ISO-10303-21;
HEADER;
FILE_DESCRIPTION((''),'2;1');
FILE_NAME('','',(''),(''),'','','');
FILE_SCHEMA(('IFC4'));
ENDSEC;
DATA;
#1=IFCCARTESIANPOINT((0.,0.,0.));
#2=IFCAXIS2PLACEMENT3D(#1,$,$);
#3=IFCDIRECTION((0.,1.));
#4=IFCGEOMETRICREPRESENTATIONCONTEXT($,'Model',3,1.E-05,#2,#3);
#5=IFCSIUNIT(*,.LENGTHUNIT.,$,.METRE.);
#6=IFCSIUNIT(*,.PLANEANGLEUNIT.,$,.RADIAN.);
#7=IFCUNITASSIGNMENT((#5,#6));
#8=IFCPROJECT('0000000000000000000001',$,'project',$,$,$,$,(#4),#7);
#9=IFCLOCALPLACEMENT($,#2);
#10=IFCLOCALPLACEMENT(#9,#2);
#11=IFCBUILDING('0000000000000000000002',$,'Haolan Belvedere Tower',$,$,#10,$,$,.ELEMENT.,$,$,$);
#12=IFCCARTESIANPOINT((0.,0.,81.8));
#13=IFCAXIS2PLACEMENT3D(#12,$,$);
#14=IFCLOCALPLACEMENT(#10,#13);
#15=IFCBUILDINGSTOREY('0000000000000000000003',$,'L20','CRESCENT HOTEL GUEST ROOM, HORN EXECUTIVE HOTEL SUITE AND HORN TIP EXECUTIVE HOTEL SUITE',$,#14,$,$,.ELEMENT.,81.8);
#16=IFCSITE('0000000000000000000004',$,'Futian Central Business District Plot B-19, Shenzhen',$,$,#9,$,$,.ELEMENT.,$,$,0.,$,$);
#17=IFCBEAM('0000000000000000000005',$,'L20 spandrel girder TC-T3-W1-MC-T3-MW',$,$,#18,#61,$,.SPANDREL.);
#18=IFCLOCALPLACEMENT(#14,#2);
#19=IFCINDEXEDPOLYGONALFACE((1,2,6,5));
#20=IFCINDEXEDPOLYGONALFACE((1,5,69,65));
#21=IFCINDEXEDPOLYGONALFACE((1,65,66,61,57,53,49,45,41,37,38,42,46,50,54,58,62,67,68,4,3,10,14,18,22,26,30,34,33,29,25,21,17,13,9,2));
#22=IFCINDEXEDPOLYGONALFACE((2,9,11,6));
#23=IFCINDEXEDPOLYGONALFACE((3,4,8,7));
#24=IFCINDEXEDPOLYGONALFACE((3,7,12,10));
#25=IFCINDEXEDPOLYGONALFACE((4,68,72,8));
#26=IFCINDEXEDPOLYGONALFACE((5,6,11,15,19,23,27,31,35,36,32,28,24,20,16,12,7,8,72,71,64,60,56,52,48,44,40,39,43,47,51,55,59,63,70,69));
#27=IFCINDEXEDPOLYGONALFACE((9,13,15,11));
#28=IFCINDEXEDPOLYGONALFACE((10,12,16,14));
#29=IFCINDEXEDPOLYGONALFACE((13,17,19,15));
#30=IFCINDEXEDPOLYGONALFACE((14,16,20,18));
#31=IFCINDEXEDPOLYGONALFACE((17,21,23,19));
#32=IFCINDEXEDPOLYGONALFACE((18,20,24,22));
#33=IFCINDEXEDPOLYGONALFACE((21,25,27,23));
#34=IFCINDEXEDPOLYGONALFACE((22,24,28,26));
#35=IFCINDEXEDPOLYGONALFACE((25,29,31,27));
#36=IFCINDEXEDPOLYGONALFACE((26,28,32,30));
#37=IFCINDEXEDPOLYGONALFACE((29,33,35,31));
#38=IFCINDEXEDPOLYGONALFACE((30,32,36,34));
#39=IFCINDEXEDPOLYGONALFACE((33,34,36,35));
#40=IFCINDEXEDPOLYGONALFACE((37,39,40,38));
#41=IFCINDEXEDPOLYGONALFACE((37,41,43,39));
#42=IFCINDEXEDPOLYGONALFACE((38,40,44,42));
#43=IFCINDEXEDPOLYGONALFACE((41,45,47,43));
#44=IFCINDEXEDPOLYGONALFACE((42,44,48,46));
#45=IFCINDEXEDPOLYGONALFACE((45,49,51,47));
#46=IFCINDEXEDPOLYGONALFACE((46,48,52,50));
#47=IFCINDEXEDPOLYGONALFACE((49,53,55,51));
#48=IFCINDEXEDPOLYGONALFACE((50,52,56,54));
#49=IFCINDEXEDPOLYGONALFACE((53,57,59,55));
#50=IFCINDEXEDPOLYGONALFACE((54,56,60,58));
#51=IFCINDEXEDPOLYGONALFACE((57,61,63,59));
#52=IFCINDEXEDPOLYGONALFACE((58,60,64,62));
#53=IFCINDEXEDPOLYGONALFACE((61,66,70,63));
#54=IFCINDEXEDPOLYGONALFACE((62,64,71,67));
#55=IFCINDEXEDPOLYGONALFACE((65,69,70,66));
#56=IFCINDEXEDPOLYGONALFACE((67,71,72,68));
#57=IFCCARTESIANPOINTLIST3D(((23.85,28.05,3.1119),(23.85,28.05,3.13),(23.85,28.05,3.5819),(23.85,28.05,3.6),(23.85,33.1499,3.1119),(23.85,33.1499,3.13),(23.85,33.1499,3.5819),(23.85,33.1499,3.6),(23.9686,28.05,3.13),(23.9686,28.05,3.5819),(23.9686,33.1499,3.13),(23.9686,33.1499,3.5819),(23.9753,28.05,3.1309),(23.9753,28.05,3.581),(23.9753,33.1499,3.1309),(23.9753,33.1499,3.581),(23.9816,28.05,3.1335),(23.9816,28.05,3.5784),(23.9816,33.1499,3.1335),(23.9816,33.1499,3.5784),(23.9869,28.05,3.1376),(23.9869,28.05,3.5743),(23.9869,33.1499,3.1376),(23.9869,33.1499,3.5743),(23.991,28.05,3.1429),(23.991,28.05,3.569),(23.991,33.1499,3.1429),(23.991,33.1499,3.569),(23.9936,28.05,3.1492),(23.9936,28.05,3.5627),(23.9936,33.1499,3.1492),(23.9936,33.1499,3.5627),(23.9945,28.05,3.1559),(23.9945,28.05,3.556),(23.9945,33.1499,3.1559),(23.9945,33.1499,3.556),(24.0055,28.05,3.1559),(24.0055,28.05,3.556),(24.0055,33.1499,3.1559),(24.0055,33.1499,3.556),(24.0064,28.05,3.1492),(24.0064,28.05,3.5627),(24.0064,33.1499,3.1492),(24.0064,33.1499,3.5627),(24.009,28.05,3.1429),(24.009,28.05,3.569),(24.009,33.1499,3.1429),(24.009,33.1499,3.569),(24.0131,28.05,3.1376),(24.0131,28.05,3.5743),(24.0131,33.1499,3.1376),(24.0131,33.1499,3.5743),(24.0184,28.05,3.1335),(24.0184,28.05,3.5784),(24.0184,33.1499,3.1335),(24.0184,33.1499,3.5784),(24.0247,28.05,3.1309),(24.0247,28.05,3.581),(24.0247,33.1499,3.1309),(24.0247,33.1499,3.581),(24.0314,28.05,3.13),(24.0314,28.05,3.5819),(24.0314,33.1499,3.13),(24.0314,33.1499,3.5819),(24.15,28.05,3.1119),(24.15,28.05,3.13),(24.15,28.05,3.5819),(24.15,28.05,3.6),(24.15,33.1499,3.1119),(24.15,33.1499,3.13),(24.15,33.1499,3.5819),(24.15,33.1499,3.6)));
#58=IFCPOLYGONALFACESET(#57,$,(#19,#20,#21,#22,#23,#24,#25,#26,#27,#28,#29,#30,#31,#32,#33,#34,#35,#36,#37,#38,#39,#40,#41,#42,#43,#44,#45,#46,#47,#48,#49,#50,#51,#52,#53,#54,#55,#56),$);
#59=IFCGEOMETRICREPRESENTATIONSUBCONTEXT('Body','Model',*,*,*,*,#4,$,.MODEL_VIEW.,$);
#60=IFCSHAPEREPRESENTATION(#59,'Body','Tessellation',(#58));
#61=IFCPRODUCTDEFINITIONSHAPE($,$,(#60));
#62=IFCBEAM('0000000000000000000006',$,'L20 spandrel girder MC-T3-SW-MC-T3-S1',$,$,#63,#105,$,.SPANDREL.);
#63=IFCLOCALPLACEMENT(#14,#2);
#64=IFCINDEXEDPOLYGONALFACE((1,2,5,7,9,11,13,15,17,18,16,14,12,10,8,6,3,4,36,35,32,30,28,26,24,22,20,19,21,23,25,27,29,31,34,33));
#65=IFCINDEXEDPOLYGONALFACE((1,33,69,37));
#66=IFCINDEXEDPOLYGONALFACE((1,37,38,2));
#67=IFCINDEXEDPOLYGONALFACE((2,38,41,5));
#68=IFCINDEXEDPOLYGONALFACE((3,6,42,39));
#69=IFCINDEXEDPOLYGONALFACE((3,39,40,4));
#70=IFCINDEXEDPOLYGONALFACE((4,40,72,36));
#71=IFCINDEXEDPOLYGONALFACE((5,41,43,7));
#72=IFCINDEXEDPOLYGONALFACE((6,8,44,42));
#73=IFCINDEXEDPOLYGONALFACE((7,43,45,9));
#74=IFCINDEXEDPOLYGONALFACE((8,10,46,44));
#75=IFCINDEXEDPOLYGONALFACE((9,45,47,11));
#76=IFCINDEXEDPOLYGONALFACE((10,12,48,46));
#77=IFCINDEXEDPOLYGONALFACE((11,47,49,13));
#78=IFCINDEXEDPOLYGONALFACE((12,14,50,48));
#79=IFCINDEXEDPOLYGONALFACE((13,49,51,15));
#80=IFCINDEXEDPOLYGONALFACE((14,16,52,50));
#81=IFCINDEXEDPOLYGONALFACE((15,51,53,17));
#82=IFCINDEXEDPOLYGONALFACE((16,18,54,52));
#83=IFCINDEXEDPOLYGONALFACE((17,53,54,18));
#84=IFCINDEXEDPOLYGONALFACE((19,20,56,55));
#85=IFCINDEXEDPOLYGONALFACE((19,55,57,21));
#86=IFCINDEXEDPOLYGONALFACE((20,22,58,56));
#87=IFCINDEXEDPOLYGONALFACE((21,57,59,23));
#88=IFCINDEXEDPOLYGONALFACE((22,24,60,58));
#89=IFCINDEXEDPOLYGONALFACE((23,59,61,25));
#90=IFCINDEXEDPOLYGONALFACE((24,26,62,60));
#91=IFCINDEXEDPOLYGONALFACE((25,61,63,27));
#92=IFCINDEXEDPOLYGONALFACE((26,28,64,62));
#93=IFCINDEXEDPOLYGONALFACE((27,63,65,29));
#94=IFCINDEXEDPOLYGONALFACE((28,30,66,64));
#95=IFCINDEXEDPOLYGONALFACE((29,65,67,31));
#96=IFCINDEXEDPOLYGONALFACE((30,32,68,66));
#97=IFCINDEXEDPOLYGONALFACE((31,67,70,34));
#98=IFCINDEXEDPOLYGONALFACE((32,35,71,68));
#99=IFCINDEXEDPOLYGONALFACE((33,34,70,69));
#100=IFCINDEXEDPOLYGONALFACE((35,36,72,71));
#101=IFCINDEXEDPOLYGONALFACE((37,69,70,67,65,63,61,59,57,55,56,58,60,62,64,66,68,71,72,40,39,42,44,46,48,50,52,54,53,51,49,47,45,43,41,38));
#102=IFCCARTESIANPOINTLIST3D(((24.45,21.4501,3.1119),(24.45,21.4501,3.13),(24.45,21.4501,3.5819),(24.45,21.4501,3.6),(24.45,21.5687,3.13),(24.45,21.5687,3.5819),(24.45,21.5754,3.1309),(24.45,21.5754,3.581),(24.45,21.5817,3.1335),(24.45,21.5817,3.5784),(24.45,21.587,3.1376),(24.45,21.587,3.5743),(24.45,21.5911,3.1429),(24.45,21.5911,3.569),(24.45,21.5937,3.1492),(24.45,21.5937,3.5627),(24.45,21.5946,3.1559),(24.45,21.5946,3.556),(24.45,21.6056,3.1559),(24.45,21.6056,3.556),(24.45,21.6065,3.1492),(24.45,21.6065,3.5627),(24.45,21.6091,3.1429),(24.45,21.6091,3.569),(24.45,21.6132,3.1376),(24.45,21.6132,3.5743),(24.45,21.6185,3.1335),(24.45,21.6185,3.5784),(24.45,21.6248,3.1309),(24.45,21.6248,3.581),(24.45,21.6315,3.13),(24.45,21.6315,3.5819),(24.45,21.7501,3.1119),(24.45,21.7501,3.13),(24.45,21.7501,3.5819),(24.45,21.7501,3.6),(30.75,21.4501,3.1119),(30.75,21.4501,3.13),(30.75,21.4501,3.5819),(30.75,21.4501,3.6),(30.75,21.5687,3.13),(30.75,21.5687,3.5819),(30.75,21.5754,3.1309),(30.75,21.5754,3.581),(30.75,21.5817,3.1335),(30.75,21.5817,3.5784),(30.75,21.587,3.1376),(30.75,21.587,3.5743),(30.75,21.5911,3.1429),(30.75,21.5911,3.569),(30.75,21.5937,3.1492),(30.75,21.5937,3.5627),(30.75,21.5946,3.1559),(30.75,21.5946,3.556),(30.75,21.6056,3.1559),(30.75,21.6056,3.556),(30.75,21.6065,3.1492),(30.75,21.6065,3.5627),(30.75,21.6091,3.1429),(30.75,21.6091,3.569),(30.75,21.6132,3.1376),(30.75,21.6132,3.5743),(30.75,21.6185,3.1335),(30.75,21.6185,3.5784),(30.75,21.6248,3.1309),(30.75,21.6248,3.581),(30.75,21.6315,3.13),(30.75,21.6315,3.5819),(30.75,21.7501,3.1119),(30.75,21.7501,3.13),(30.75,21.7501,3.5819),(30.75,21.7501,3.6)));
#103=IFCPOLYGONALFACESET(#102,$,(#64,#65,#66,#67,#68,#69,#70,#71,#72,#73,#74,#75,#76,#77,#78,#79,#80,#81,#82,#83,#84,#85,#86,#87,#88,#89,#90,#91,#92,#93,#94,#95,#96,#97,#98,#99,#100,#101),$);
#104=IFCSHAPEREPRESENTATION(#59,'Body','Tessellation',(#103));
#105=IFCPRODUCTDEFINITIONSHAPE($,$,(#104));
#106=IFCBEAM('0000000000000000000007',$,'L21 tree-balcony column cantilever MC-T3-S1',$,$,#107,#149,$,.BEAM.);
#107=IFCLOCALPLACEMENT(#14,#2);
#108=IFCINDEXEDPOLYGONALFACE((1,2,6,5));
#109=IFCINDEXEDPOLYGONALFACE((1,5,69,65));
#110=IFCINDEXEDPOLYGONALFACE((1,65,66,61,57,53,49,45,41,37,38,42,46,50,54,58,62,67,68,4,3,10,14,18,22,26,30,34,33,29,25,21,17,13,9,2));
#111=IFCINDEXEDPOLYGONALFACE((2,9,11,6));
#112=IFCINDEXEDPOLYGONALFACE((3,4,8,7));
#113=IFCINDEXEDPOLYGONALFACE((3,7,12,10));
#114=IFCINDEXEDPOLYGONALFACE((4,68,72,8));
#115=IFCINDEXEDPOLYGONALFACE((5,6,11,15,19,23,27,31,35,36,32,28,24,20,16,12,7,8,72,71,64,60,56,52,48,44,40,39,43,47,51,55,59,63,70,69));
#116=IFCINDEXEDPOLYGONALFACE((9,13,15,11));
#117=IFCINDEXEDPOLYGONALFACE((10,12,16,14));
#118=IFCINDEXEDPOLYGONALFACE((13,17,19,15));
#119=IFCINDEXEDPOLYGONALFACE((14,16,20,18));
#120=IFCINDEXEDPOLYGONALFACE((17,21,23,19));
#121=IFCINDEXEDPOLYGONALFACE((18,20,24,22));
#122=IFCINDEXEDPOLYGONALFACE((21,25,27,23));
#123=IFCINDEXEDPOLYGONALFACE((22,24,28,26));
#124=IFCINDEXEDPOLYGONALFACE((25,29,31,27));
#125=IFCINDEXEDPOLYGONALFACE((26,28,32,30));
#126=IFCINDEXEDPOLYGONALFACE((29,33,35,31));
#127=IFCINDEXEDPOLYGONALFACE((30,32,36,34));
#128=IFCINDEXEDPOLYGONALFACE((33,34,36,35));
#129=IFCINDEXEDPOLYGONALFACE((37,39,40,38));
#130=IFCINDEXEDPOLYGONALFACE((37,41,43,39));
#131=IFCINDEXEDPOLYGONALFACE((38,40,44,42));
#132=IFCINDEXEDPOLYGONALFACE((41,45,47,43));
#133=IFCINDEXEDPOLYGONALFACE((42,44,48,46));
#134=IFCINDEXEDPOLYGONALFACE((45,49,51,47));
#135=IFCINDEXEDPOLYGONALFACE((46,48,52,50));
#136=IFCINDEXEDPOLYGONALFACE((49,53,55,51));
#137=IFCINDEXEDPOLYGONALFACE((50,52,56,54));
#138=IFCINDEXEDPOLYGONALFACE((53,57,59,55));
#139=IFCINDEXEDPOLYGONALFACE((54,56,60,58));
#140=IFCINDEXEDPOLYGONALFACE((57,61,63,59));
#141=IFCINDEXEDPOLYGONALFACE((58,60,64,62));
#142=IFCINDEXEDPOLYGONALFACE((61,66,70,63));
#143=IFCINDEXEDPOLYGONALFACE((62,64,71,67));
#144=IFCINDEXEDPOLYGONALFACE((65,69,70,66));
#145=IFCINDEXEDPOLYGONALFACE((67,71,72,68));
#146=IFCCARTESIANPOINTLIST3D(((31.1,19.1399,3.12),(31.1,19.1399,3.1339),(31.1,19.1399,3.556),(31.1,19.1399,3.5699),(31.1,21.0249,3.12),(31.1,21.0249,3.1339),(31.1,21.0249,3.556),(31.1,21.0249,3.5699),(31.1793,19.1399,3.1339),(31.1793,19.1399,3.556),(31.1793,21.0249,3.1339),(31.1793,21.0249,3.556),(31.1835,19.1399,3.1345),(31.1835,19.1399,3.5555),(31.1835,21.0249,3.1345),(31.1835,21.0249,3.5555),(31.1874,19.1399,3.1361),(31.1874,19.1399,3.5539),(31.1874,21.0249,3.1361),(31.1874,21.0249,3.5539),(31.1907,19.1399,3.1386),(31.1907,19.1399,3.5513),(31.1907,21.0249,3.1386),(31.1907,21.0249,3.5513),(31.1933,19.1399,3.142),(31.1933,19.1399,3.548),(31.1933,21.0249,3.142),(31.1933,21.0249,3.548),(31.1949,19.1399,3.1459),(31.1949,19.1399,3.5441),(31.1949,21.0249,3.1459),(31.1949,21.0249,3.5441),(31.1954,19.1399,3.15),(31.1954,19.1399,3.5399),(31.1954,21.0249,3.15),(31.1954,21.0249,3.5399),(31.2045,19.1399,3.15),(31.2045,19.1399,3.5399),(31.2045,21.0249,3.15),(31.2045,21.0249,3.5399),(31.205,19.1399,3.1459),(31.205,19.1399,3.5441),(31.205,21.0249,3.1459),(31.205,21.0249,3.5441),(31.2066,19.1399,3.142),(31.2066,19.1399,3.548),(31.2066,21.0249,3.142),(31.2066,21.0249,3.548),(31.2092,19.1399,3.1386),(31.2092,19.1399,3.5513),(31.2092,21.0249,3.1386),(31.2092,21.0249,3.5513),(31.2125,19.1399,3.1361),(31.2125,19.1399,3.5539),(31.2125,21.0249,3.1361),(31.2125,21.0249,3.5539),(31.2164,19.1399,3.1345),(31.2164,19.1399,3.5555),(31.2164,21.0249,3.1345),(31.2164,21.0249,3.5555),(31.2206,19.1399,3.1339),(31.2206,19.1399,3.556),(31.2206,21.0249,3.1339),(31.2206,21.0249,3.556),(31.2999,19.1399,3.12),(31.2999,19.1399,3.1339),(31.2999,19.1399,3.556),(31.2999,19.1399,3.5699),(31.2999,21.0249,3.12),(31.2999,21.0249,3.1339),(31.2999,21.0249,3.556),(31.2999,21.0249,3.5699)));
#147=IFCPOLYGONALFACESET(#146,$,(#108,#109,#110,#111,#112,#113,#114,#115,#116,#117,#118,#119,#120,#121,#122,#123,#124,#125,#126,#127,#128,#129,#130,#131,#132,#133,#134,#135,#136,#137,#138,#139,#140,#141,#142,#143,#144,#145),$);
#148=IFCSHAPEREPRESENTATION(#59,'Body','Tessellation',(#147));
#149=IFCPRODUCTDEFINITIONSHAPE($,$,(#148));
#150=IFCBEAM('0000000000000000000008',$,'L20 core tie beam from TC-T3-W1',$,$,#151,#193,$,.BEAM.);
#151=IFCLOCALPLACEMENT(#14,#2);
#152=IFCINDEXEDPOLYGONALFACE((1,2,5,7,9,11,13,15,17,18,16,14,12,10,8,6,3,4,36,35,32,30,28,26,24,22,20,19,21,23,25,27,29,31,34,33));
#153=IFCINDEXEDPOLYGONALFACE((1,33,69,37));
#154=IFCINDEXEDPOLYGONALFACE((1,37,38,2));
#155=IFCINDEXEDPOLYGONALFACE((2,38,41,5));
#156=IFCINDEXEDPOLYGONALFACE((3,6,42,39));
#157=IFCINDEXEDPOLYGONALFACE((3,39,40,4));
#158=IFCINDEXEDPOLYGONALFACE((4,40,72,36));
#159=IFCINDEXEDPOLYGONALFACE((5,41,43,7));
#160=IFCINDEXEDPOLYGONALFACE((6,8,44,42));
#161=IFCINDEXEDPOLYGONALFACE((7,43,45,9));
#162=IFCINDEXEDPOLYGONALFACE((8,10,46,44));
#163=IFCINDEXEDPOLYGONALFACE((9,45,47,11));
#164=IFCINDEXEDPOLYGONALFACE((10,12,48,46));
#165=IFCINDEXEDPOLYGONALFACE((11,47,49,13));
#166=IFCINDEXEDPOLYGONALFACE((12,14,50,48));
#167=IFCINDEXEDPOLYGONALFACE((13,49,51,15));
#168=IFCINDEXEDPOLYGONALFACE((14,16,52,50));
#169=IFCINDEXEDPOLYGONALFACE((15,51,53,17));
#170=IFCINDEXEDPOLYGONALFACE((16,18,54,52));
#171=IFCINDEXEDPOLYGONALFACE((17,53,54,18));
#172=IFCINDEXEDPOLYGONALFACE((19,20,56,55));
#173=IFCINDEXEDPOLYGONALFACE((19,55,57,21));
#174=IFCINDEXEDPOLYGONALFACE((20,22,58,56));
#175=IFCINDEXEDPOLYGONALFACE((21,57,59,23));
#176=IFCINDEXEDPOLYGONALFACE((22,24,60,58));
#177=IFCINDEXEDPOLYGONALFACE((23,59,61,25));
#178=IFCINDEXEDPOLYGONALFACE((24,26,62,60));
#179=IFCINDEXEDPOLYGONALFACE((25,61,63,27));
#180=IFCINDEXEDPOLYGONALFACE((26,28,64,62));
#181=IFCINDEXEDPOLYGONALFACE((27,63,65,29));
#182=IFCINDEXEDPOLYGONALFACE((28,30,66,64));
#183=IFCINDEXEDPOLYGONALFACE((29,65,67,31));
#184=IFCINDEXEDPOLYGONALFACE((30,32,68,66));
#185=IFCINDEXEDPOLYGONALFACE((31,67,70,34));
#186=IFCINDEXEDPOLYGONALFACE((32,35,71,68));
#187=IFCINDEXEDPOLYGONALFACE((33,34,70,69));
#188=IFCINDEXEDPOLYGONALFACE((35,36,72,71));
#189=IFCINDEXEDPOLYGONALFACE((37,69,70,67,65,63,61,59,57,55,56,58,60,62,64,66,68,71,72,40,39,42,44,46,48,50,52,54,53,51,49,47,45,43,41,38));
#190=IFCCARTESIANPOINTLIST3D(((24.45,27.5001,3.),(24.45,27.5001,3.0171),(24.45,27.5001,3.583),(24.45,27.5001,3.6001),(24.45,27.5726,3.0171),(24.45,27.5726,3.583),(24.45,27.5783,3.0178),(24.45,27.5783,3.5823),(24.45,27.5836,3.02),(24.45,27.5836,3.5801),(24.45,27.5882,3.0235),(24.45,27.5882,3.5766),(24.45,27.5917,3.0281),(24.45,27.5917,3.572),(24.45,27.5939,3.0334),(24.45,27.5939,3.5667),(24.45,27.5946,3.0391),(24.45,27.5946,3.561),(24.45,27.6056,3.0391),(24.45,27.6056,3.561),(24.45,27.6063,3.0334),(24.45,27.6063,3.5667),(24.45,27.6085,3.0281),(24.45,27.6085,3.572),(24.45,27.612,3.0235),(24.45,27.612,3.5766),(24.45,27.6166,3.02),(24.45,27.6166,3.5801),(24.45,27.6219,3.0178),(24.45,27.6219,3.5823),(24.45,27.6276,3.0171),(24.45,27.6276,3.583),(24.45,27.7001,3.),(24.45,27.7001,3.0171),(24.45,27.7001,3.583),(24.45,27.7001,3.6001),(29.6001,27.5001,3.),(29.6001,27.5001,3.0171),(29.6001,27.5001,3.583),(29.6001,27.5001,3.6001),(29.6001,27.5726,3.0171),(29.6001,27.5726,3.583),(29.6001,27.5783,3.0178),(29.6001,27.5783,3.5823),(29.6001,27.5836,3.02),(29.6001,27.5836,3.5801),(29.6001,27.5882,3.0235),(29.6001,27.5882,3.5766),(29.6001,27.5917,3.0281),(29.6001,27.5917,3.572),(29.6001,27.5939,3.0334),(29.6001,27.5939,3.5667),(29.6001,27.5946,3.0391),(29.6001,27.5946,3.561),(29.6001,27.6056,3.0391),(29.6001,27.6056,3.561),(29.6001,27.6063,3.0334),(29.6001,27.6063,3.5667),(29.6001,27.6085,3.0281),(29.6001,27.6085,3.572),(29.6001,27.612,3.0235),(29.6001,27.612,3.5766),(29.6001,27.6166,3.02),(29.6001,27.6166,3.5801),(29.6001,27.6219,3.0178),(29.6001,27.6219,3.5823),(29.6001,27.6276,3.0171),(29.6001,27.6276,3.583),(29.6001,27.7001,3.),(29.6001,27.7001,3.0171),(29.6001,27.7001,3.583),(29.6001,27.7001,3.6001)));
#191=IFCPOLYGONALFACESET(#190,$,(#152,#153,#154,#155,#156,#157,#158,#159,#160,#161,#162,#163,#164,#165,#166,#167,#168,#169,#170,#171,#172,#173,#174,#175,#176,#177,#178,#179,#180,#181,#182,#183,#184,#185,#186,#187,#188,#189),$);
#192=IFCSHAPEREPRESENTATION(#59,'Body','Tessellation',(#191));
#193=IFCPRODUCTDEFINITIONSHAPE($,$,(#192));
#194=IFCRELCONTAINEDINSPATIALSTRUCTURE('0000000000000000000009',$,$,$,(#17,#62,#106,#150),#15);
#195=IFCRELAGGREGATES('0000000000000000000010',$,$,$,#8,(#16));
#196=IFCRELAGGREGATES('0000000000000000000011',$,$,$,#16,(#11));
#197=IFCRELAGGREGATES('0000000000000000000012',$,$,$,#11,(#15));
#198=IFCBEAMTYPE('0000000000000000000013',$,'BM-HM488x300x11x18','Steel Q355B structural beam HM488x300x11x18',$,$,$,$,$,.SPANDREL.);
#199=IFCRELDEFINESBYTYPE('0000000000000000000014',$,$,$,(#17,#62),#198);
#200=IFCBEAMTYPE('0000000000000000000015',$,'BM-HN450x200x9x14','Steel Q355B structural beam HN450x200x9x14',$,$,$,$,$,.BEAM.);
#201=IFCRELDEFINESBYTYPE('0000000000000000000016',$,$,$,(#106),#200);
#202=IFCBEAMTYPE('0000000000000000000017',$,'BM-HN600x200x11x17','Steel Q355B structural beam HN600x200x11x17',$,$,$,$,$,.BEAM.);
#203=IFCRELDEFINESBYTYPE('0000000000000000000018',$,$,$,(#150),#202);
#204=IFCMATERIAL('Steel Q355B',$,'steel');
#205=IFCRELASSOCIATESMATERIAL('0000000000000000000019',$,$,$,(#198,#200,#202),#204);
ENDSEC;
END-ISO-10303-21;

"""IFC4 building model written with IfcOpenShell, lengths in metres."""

from ifc_helpers import new_model, si_unit, direction, frame, origin, origin_2d, place, context, subcontext, project, spatial, i_section, extrude, material, material_profile, profile_set, type_object, element, save


model = new_model("IFC4")

# Units and contexts
model_context = context("Model", 3, precision=1e-05, world=origin(), true_north=direction((0.0, 1.0)))
body_context = subcontext(model_context, "Body", "Model", "MODEL_VIEW")
ifc_project = project(units=[si_unit("LENGTHUNIT", "METRE"), si_unit("PLANEANGLEUNIT", "RADIAN")], contexts=[model_context])

# Site, building, storey
site_placement = place(None, origin())
site = spatial("IfcSite", under=ifc_project, at=site_placement, Name="Futian Central Business District Plot B-19, Shenzhen", CompositionType="ELEMENT", RefElevation=0.0)
building_placement = place(site_placement, origin())
building = spatial("IfcBuilding", under=site, at=building_placement, Name="Haolan Belvedere Tower", CompositionType="ELEMENT")
storey_placement = place(building_placement, frame((0.0, 0.0, 81.8)))
storey = spatial("IfcBuildingStorey", under=building, at=storey_placement, Name="L20", Description="CRESCENT HOTEL GUEST ROOM, HORN EXECUTIVE HOTEL SUITE AND HORN TIP EXECUTIVE HOTEL SUITE", CompositionType="ELEMENT", Elevation=81.8)

# Beams
ifc_material_1 = material(Name="Steel Q355B", Category="steel")
ifc_material_profile_1 = material_profile(ifc_material_1, i_section(OverallWidth=0.3, OverallDepth=0.488, WebThickness=0.011, FlangeThickness=0.0181, FilletRadius=0.0259, at=origin_2d()), Name="Steel Q355B")
ifc_profile_set_1 = profile_set([ifc_material_profile_1], Name="Steel Q355B")
beam_type_1 = type_object("IfcBeamType", Name="BM-HM488x300x11x18", Description="Steel Q355B structural beam HM488x300x11x18", PredefinedType="SPANDREL", material=ifc_profile_set_1)
beam_1_placement = place(storey_placement, frame((24.0, 28.05, 3.356), z_axis=(0.0, 1.0, 0.0), x_axis=(-1.0, 0.0, 0.0)))
element("IfcBeam", 1, at=beam_1_placement, inside=storey, type_object=beam_type_1, Name="L20 spandrel girder TC-T3-W1-MC-T3-MW", PredefinedType="SPANDREL", context=body_context, shape_type="SweptSolid", body=[
    extrude(i_section(OverallWidth=0.3, OverallDepth=0.488, WebThickness=0.011, FlangeThickness=0.0181, FilletRadius=0.0259, at=origin_2d()), origin(), (0.0, 0.0, 1.0), 5.0999),
])
beam_2_placement = place(storey_placement, frame((24.45, 21.6001, 3.356), z_axis=(1.0, 0.0, 0.0), x_axis=(0.0, 1.0, 0.0)))
element("IfcBeam", 2, at=beam_2_placement, inside=storey, type_object=beam_type_1, Name="L20 spandrel girder MC-T3-SW-MC-T3-S1", PredefinedType="SPANDREL", context=body_context, shape_type="SweptSolid", body=[
    extrude(i_section(OverallWidth=0.3, OverallDepth=0.488, WebThickness=0.011, FlangeThickness=0.0181, FilletRadius=0.0259, at=origin_2d()), origin(), (0.0, 0.0, 1.0), 6.3),
])
ifc_material_profile_2 = material_profile(ifc_material_1, i_section(OverallWidth=0.2, OverallDepth=0.45, WebThickness=0.009, FlangeThickness=0.0139, FilletRadius=0.0161, at=origin_2d()), Name="Steel Q355B")
ifc_profile_set_2 = profile_set([ifc_material_profile_2], Name="Steel Q355B")
beam_type_2 = type_object("IfcBeamType", Name="BM-HN450x200x9x14", Description="Steel Q355B structural beam HN450x200x9x14", PredefinedType="BEAM", material=ifc_profile_set_2)
beam_3_placement = place(storey_placement, frame((31.2, 21.0249, 3.345), z_axis=(0.0, -1.0, 0.0), x_axis=(1.0, 0.0, 0.0)))
element("IfcBeam", 3, at=beam_3_placement, inside=storey, type_object=beam_type_2, Name="L21 tree-balcony column cantilever MC-T3-S1", PredefinedType="BEAM", context=body_context, shape_type="SweptSolid", body=[
    extrude(i_section(OverallWidth=0.2, OverallDepth=0.45, WebThickness=0.009, FlangeThickness=0.0139, FilletRadius=0.0161, at=origin_2d()), origin(), (0.0, 0.0, 1.0), 1.885),
])
ifc_material_profile_3 = material_profile(ifc_material_1, i_section(OverallWidth=0.2, OverallDepth=0.6001, WebThickness=0.011, FlangeThickness=0.0171, FilletRadius=0.022, at=origin_2d()), Name="Steel Q355B")
ifc_profile_set_3 = profile_set([ifc_material_profile_3], Name="Steel Q355B")
beam_type_3 = type_object("IfcBeamType", Name="BM-HN600x200x11x17", Description="Steel Q355B structural beam HN600x200x11x17", PredefinedType="BEAM", material=ifc_profile_set_3)
beam_4_placement = place(storey_placement, frame((24.45, 27.6001, 3.3), z_axis=(1.0, 0.0, 0.0), x_axis=(0.0, 1.0, 0.0)))
element("IfcBeam", 4, at=beam_4_placement, inside=storey, type_object=beam_type_3, Name="L20 core tie beam from TC-T3-W1", PredefinedType="BEAM", context=body_context, shape_type="SweptSolid", body=[
    extrude(i_section(OverallWidth=0.2, OverallDepth=0.6001, WebThickness=0.011, FlangeThickness=0.0171, FilletRadius=0.022, at=origin_2d()), origin(), (0.0, 0.0, 1.0), 5.1501),
])

save(model, "model.ifc")
